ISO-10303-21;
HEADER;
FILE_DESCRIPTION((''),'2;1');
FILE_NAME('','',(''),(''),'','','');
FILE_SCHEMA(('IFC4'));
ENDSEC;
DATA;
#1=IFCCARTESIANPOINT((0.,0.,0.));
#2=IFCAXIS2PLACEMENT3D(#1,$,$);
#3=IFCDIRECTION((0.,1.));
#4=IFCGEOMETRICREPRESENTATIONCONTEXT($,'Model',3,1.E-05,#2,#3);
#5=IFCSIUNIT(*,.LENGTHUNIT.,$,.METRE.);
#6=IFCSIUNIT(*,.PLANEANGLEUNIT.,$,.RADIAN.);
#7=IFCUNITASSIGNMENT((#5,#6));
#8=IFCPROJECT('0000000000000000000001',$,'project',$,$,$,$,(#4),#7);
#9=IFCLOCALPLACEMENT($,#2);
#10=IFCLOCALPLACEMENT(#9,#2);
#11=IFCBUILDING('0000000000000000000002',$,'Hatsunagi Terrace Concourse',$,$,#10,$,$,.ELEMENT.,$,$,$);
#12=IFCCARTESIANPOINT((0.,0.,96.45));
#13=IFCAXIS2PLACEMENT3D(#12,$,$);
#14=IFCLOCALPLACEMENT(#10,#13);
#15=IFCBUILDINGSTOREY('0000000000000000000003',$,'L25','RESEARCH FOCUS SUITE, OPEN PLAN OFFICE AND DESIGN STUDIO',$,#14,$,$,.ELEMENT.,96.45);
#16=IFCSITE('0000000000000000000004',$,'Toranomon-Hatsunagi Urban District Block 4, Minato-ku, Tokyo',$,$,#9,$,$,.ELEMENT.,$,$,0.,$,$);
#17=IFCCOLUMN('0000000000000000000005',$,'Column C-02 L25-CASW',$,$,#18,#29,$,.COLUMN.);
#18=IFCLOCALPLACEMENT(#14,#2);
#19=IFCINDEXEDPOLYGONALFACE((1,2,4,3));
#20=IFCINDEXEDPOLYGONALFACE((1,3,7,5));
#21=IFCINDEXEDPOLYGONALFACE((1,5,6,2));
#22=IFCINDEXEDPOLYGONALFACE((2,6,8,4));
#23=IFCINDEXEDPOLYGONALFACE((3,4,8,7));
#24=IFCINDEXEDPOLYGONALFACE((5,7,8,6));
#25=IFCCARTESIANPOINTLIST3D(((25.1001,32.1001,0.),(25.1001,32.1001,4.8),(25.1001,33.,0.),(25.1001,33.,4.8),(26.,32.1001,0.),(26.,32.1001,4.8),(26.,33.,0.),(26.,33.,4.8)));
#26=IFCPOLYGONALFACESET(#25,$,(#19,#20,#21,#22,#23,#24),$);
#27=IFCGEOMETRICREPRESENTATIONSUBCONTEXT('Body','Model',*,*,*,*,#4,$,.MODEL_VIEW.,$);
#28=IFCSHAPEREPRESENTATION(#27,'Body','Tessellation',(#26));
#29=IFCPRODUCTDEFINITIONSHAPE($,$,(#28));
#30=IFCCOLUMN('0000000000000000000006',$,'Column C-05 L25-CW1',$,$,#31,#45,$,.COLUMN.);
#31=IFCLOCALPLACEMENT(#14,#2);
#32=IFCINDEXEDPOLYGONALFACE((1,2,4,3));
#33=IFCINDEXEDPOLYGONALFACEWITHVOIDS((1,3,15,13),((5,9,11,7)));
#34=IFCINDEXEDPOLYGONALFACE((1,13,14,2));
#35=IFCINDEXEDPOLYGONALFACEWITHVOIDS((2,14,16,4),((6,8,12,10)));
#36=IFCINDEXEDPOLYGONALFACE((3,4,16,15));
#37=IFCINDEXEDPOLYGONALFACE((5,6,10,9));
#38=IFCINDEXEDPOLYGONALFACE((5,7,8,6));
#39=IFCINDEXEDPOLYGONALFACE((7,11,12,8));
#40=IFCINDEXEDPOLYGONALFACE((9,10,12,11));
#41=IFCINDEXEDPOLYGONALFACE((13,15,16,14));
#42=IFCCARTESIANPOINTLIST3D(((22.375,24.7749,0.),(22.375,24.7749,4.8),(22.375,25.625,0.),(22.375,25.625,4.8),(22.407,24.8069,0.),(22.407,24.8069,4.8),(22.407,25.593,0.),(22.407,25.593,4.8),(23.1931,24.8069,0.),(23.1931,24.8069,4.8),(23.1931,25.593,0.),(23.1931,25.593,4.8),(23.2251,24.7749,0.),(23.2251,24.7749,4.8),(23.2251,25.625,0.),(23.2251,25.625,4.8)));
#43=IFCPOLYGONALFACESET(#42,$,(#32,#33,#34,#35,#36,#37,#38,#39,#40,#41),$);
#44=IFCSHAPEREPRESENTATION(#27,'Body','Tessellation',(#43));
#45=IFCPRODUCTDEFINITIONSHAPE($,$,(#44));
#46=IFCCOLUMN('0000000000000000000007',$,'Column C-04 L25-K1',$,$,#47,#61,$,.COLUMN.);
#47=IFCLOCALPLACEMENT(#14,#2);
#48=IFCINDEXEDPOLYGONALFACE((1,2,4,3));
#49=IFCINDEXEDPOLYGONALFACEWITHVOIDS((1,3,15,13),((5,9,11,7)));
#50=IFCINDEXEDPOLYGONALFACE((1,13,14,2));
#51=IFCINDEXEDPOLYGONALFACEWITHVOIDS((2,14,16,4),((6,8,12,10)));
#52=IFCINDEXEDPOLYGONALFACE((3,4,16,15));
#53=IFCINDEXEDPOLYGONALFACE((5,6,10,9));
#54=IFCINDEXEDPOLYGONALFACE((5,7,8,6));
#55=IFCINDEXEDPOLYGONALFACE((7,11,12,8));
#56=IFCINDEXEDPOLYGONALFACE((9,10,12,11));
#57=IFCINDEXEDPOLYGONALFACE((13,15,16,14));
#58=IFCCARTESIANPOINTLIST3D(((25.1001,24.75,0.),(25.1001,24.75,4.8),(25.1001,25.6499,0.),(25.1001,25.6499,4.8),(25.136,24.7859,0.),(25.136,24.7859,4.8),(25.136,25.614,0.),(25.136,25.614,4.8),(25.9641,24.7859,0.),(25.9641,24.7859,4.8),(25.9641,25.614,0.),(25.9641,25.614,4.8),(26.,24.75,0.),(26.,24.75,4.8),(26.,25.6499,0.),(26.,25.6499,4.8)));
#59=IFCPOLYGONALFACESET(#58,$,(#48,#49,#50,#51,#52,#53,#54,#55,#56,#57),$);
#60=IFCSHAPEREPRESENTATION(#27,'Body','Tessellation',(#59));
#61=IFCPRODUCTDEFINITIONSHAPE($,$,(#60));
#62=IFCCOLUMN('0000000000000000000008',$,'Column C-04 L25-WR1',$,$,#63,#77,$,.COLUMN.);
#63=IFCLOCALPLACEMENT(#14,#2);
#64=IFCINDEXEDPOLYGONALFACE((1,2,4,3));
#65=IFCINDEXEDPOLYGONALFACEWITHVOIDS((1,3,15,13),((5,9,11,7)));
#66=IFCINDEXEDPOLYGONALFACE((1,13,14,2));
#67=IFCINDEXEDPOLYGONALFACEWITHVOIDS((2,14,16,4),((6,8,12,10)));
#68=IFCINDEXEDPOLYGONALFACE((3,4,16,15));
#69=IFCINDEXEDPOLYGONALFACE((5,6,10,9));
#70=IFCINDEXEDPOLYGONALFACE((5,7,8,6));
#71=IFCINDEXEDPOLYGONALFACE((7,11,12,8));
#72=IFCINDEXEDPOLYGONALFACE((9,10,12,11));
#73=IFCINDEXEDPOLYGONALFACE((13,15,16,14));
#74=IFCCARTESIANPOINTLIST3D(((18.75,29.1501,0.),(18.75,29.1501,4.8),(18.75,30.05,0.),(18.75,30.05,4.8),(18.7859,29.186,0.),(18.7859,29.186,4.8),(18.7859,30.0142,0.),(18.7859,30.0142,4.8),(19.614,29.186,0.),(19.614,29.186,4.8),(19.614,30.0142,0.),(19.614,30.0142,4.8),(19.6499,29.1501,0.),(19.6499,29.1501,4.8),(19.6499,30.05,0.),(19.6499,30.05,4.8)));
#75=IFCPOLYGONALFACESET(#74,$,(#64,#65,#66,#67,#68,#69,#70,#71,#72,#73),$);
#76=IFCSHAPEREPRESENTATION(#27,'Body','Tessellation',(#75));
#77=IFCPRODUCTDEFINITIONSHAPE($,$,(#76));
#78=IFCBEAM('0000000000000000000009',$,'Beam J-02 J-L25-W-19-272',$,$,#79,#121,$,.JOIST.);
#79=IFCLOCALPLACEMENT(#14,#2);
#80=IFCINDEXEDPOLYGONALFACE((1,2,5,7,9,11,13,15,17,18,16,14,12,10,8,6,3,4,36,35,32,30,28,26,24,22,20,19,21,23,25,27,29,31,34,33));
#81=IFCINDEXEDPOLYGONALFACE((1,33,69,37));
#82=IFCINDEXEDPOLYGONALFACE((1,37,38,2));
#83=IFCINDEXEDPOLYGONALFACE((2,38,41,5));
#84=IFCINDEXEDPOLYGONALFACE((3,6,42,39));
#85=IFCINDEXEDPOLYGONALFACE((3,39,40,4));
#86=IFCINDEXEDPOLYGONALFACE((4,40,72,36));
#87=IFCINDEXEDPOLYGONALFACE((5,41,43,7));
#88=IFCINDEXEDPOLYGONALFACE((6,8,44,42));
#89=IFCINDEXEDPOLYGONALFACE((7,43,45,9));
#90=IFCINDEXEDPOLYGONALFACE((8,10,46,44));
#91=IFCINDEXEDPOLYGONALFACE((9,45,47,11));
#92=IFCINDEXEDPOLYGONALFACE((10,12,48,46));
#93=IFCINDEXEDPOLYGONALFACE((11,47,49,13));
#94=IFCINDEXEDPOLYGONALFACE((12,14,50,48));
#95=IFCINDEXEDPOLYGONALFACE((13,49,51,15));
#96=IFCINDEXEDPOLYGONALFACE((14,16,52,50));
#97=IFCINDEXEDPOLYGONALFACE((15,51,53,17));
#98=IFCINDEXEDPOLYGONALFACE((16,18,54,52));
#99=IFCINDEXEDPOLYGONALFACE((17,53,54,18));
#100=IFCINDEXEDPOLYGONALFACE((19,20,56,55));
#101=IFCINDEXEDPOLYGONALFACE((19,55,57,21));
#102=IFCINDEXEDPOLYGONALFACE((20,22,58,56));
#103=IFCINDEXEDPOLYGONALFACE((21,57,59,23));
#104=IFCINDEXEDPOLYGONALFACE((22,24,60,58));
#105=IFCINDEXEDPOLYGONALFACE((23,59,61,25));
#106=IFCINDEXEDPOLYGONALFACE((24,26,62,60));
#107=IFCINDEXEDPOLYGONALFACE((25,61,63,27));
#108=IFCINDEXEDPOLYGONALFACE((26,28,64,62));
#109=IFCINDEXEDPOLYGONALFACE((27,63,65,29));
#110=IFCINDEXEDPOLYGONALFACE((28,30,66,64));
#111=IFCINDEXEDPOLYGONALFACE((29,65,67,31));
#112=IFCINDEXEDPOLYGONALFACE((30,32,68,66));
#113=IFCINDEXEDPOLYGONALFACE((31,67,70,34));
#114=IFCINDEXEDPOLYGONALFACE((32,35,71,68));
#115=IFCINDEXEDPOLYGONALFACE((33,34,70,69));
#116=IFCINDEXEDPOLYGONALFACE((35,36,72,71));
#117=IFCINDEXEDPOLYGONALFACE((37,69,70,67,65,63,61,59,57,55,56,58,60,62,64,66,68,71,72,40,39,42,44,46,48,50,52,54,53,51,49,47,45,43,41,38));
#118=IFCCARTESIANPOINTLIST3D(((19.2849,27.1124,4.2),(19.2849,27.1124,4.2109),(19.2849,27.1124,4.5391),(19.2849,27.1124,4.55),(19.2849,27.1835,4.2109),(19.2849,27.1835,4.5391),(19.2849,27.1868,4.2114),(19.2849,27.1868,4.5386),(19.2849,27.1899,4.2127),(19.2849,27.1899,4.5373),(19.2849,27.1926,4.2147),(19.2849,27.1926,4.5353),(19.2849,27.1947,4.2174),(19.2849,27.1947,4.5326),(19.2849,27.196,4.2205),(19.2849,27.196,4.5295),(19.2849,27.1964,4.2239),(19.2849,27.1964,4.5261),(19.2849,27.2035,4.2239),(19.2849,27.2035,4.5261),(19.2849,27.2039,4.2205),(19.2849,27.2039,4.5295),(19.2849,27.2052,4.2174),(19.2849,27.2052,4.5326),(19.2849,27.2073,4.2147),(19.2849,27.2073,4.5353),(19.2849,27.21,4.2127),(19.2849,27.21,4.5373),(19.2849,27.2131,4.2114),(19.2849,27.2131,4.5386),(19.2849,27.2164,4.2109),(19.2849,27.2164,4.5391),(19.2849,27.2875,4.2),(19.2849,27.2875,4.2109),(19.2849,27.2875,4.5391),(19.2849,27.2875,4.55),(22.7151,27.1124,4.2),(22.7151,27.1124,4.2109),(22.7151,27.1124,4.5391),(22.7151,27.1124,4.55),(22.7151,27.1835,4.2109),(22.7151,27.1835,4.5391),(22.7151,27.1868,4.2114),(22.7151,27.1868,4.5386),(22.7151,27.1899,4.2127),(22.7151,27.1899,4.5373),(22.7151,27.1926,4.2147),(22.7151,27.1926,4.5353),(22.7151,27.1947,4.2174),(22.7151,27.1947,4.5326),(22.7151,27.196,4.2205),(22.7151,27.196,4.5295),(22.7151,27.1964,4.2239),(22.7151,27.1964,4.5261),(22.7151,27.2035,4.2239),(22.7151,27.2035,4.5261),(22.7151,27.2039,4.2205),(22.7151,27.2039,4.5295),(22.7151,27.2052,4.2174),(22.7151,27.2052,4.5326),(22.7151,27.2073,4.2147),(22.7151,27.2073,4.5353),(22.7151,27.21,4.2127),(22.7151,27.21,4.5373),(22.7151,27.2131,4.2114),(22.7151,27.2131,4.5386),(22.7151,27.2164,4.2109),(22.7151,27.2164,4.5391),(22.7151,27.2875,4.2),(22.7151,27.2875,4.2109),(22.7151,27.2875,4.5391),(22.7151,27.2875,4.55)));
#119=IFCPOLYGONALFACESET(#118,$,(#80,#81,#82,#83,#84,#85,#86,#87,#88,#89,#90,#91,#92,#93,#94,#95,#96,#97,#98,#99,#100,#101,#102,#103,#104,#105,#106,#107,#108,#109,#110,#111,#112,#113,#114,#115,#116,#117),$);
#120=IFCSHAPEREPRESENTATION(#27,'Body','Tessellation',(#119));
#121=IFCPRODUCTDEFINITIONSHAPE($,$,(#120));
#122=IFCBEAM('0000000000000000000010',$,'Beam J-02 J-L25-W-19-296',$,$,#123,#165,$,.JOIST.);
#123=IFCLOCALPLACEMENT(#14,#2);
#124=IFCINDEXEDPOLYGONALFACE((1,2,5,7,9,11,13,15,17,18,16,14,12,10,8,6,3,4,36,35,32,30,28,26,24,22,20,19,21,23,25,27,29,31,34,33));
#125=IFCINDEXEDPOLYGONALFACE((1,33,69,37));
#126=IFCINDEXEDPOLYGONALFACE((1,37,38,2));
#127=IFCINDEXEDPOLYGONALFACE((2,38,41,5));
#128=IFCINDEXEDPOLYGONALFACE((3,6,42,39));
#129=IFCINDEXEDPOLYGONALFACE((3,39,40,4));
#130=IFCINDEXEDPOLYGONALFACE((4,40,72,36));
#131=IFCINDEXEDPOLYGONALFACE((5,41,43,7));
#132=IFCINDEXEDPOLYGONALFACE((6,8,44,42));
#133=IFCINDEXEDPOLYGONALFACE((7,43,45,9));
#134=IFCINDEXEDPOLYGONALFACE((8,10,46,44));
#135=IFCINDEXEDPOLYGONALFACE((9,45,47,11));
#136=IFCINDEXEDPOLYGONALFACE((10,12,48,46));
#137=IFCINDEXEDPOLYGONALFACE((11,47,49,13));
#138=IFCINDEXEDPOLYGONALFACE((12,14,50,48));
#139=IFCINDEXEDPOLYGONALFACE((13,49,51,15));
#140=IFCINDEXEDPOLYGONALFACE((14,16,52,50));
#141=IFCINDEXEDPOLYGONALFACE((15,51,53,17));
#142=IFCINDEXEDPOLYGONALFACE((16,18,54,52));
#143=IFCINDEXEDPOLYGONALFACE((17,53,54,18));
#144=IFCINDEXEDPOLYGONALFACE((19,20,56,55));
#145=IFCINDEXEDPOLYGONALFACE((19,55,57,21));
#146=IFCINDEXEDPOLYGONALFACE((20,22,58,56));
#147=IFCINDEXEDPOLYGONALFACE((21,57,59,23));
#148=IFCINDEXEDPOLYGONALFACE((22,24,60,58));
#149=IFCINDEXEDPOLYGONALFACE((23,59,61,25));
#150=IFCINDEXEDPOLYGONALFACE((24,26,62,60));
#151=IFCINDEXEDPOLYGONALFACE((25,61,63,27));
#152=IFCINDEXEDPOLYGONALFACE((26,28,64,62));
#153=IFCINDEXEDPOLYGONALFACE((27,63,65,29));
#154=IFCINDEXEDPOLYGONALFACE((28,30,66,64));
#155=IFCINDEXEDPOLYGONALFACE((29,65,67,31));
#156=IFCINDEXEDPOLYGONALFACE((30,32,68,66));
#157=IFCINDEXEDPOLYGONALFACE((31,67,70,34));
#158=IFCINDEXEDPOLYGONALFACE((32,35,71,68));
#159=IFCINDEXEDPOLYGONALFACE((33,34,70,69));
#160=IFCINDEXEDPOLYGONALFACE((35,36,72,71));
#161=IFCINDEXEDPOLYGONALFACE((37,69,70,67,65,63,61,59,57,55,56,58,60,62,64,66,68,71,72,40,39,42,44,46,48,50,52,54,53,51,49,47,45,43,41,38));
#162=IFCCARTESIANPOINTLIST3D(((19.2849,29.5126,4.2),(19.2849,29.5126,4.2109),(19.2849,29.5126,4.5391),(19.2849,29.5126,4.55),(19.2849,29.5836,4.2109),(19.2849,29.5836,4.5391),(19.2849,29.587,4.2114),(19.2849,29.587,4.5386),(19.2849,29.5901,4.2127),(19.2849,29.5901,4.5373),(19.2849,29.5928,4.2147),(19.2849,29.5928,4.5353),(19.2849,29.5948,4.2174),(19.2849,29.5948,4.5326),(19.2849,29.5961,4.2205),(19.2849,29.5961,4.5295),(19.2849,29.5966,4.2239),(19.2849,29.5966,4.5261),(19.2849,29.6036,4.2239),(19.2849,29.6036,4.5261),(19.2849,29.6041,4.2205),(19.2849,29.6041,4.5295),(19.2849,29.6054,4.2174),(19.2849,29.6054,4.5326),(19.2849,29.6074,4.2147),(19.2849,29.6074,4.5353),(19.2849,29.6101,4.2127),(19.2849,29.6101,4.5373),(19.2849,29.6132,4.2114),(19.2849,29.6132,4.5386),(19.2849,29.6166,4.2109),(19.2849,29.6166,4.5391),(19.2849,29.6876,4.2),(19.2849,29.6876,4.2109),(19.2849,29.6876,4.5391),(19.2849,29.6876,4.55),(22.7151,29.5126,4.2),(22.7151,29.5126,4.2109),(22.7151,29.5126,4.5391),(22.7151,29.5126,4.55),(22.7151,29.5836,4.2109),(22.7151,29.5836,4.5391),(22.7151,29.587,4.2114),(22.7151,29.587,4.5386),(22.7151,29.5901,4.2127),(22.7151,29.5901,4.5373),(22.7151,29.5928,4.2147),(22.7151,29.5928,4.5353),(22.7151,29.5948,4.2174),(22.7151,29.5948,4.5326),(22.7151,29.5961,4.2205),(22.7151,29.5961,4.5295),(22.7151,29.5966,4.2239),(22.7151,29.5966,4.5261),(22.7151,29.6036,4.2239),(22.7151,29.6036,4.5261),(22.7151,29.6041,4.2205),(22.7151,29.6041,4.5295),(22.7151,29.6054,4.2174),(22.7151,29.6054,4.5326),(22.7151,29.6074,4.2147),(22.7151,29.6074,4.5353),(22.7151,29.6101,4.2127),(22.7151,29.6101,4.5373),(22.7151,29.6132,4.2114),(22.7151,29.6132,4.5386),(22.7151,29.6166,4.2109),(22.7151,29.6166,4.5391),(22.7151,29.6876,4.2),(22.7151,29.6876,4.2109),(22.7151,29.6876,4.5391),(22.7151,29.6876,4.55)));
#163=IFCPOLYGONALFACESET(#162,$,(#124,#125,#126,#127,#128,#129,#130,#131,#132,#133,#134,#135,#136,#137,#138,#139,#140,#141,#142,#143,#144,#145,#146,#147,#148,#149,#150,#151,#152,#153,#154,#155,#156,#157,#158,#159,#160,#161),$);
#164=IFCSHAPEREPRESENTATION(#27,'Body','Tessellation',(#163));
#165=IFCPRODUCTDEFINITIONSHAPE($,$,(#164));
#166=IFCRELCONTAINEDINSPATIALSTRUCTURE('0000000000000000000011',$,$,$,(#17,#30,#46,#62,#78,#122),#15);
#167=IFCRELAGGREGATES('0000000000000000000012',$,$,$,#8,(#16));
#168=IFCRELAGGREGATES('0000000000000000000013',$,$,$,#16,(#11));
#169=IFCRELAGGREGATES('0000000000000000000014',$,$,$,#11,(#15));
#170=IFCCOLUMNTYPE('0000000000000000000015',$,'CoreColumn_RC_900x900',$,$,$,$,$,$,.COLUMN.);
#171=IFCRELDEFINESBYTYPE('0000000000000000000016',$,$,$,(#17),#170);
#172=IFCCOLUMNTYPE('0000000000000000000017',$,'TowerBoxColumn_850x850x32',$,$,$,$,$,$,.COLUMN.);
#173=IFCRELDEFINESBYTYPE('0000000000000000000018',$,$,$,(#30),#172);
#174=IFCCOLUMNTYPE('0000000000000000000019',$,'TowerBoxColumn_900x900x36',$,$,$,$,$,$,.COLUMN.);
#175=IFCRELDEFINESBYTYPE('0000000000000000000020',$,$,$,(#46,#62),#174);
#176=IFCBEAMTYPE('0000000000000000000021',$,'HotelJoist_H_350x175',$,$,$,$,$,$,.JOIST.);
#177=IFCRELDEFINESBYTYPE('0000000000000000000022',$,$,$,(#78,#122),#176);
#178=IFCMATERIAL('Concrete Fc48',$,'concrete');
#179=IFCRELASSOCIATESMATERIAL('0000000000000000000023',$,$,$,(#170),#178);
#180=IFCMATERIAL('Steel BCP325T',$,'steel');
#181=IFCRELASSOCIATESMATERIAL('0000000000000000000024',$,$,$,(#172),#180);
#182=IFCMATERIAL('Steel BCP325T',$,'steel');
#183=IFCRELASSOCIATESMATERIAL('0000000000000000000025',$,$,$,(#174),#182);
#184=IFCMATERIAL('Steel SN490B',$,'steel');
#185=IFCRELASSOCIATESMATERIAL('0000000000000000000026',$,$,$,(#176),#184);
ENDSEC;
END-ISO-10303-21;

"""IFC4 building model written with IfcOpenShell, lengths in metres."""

from ifc_helpers import new_model, si_unit, direction, frame, origin, origin_2d, place, context, subcontext, project, spatial, rectangle, hollow_rectangle, i_section, extrude, material, material_profile, profile_set, type_object, element, save


model = new_model("IFC4")

# Units and contexts
model_context = context("Model", 3, precision=1e-05, world=origin(), true_north=direction((0.0, 1.0)))
body_context = subcontext(model_context, "Body", "Model", "MODEL_VIEW")
ifc_project = project(units=[si_unit("LENGTHUNIT", "METRE"), si_unit("PLANEANGLEUNIT", "RADIAN")], contexts=[model_context])

# Site, building, storey
site_placement = place(None, origin())
site = spatial("IfcSite", under=ifc_project, at=site_placement, Name="Toranomon-Hatsunagi Urban District Block 4, Minato-ku, Tokyo", CompositionType="ELEMENT", RefElevation=0.0)
building_placement = place(site_placement, origin())
building = spatial("IfcBuilding", under=site, at=building_placement, Name="Hatsunagi Terrace Concourse", CompositionType="ELEMENT")
storey_placement = place(building_placement, frame((0.0, 0.0, 96.45)))
storey = spatial("IfcBuildingStorey", under=building, at=storey_placement, Name="L25", Description="RESEARCH FOCUS SUITE, OPEN PLAN OFFICE AND DESIGN STUDIO", CompositionType="ELEMENT", Elevation=96.45)

# Columns
ifc_material_1 = material(Name="Concrete Fc48", Category="concrete")
ifc_material_profile_1 = material_profile(ifc_material_1, rectangle(XDim=0.8999, YDim=0.8999, at=origin_2d()), Name="RC-900x900")
ifc_profile_set_1 = profile_set([ifc_material_profile_1], Name="Concrete Fc48")
column_type_1 = type_object("IfcColumnType", Name="CoreColumn_RC_900x900", PredefinedType="COLUMN", material=ifc_profile_set_1)
column_1_placement = place(storey_placement, frame((25.55, 32.55, 0.0), z_axis=(0.0, 0.0, 1.0), x_axis=(1.0, 0.0, 0.0)))
element("IfcColumn", 1, at=column_1_placement, inside=storey, type_object=column_type_1, Name="Column C-02 L25-CASW", PredefinedType="COLUMN", context=body_context, shape_type="SweptSolid", body=[
    extrude(rectangle(XDim=0.8999, YDim=0.8999, at=origin_2d()), origin(), (0.0, 0.0, 1.0), 4.8),
])
ifc_material_2 = material(Name="Steel BCP325T", Category="steel")
ifc_material_profile_2 = material_profile(ifc_material_2, hollow_rectangle(XDim=0.8501, YDim=0.8501, WallThickness=0.032, at=origin_2d()), Name="BCP-850x850x32")
ifc_profile_set_2 = profile_set([ifc_material_profile_2], Name="Steel BCP325T")
column_type_2 = type_object("IfcColumnType", Name="TowerBoxColumn_850x850x32", PredefinedType="COLUMN", material=ifc_profile_set_2)
column_2_placement = place(storey_placement, frame((22.8, 25.2, 0.0), z_axis=(0.0, 0.0, 1.0), x_axis=(1.0, 0.0, 0.0)))
element("IfcColumn", 2, at=column_2_placement, inside=storey, type_object=column_type_2, Name="Column C-05 L25-CW1", PredefinedType="COLUMN", context=body_context, shape_type="SweptSolid", body=[
    extrude(hollow_rectangle(XDim=0.8501, YDim=0.8501, WallThickness=0.032, at=origin_2d()), origin(), (0.0, 0.0, 1.0), 4.8),
])
ifc_material_3 = material(Name="Steel BCP325T", Category="steel")
ifc_material_profile_3 = material_profile(ifc_material_3, hollow_rectangle(XDim=0.8999, YDim=0.8999, WallThickness=0.0359, at=origin_2d()), Name="BCP-900x900x36")
ifc_profile_set_3 = profile_set([ifc_material_profile_3], Name="Steel BCP325T")
column_type_3 = type_object("IfcColumnType", Name="TowerBoxColumn_900x900x36", PredefinedType="COLUMN", material=ifc_profile_set_3)
for number, where, z_axis, x_axis, name in (
    (3, (25.55, 25.2, 0.0), (0.0, 0.0, 1.0), (1.0, 0.0, 0.0), "Column C-04 L25-K1"),
    (4, (19.2, 29.6001, 0.0), (0.0, 0.0, 1.0), (1.0, 0.0, 0.0), "Column C-04 L25-WR1"),
):
    element("IfcColumn", number, at=place(storey_placement, frame(where, z_axis=z_axis, x_axis=x_axis)), inside=storey, type_object=column_type_3, Name=name, PredefinedType="COLUMN", context=body_context, shape_type="SweptSolid", body=[
        extrude(hollow_rectangle(XDim=0.8999, YDim=0.8999, WallThickness=0.0359, at=origin_2d()), origin(), (0.0, 0.0, 1.0), 4.8),
    ])

# Beams
ifc_material_4 = material(Name="Steel SN490B", Category="steel")
ifc_material_profile_4 = material_profile(ifc_material_4, i_section(OverallWidth=0.175, OverallDepth=0.3501, WebThickness=0.0071, FlangeThickness=0.011, FilletRadius=0.0129, at=origin_2d()), Name="H-350x175x7x11")
ifc_profile_set_4 = profile_set([ifc_material_profile_4], Name="Steel SN490B")
beam_type_1 = type_object("IfcBeamType", Name="HotelJoist_H_350x175", PredefinedType="JOIST", material=ifc_profile_set_4)
for number, where, z_axis, x_axis, name in (
    (5, (19.2849, 27.2, 4.375), (1.0, 0.0, 0.0), (0.0, 1.0, 0.0), "Beam J-02 J-L25-W-19-272"),
    (6, (19.2849, 29.6001, 4.375), (1.0, 0.0, 0.0), (0.0, 1.0, 0.0), "Beam J-02 J-L25-W-19-296"),
):
    element("IfcBeam", number, at=place(storey_placement, frame(where, z_axis=z_axis, x_axis=x_axis)), inside=storey, type_object=beam_type_1, Name=name, PredefinedType="JOIST", context=body_context, shape_type="SweptSolid", body=[
        extrude(i_section(OverallWidth=0.175, OverallDepth=0.3501, WebThickness=0.0071, FlangeThickness=0.011, FilletRadius=0.0129, at=origin_2d()), origin(), (0.0, 0.0, 1.0), 3.4302),
    ])

save(model, "model.ifc")
